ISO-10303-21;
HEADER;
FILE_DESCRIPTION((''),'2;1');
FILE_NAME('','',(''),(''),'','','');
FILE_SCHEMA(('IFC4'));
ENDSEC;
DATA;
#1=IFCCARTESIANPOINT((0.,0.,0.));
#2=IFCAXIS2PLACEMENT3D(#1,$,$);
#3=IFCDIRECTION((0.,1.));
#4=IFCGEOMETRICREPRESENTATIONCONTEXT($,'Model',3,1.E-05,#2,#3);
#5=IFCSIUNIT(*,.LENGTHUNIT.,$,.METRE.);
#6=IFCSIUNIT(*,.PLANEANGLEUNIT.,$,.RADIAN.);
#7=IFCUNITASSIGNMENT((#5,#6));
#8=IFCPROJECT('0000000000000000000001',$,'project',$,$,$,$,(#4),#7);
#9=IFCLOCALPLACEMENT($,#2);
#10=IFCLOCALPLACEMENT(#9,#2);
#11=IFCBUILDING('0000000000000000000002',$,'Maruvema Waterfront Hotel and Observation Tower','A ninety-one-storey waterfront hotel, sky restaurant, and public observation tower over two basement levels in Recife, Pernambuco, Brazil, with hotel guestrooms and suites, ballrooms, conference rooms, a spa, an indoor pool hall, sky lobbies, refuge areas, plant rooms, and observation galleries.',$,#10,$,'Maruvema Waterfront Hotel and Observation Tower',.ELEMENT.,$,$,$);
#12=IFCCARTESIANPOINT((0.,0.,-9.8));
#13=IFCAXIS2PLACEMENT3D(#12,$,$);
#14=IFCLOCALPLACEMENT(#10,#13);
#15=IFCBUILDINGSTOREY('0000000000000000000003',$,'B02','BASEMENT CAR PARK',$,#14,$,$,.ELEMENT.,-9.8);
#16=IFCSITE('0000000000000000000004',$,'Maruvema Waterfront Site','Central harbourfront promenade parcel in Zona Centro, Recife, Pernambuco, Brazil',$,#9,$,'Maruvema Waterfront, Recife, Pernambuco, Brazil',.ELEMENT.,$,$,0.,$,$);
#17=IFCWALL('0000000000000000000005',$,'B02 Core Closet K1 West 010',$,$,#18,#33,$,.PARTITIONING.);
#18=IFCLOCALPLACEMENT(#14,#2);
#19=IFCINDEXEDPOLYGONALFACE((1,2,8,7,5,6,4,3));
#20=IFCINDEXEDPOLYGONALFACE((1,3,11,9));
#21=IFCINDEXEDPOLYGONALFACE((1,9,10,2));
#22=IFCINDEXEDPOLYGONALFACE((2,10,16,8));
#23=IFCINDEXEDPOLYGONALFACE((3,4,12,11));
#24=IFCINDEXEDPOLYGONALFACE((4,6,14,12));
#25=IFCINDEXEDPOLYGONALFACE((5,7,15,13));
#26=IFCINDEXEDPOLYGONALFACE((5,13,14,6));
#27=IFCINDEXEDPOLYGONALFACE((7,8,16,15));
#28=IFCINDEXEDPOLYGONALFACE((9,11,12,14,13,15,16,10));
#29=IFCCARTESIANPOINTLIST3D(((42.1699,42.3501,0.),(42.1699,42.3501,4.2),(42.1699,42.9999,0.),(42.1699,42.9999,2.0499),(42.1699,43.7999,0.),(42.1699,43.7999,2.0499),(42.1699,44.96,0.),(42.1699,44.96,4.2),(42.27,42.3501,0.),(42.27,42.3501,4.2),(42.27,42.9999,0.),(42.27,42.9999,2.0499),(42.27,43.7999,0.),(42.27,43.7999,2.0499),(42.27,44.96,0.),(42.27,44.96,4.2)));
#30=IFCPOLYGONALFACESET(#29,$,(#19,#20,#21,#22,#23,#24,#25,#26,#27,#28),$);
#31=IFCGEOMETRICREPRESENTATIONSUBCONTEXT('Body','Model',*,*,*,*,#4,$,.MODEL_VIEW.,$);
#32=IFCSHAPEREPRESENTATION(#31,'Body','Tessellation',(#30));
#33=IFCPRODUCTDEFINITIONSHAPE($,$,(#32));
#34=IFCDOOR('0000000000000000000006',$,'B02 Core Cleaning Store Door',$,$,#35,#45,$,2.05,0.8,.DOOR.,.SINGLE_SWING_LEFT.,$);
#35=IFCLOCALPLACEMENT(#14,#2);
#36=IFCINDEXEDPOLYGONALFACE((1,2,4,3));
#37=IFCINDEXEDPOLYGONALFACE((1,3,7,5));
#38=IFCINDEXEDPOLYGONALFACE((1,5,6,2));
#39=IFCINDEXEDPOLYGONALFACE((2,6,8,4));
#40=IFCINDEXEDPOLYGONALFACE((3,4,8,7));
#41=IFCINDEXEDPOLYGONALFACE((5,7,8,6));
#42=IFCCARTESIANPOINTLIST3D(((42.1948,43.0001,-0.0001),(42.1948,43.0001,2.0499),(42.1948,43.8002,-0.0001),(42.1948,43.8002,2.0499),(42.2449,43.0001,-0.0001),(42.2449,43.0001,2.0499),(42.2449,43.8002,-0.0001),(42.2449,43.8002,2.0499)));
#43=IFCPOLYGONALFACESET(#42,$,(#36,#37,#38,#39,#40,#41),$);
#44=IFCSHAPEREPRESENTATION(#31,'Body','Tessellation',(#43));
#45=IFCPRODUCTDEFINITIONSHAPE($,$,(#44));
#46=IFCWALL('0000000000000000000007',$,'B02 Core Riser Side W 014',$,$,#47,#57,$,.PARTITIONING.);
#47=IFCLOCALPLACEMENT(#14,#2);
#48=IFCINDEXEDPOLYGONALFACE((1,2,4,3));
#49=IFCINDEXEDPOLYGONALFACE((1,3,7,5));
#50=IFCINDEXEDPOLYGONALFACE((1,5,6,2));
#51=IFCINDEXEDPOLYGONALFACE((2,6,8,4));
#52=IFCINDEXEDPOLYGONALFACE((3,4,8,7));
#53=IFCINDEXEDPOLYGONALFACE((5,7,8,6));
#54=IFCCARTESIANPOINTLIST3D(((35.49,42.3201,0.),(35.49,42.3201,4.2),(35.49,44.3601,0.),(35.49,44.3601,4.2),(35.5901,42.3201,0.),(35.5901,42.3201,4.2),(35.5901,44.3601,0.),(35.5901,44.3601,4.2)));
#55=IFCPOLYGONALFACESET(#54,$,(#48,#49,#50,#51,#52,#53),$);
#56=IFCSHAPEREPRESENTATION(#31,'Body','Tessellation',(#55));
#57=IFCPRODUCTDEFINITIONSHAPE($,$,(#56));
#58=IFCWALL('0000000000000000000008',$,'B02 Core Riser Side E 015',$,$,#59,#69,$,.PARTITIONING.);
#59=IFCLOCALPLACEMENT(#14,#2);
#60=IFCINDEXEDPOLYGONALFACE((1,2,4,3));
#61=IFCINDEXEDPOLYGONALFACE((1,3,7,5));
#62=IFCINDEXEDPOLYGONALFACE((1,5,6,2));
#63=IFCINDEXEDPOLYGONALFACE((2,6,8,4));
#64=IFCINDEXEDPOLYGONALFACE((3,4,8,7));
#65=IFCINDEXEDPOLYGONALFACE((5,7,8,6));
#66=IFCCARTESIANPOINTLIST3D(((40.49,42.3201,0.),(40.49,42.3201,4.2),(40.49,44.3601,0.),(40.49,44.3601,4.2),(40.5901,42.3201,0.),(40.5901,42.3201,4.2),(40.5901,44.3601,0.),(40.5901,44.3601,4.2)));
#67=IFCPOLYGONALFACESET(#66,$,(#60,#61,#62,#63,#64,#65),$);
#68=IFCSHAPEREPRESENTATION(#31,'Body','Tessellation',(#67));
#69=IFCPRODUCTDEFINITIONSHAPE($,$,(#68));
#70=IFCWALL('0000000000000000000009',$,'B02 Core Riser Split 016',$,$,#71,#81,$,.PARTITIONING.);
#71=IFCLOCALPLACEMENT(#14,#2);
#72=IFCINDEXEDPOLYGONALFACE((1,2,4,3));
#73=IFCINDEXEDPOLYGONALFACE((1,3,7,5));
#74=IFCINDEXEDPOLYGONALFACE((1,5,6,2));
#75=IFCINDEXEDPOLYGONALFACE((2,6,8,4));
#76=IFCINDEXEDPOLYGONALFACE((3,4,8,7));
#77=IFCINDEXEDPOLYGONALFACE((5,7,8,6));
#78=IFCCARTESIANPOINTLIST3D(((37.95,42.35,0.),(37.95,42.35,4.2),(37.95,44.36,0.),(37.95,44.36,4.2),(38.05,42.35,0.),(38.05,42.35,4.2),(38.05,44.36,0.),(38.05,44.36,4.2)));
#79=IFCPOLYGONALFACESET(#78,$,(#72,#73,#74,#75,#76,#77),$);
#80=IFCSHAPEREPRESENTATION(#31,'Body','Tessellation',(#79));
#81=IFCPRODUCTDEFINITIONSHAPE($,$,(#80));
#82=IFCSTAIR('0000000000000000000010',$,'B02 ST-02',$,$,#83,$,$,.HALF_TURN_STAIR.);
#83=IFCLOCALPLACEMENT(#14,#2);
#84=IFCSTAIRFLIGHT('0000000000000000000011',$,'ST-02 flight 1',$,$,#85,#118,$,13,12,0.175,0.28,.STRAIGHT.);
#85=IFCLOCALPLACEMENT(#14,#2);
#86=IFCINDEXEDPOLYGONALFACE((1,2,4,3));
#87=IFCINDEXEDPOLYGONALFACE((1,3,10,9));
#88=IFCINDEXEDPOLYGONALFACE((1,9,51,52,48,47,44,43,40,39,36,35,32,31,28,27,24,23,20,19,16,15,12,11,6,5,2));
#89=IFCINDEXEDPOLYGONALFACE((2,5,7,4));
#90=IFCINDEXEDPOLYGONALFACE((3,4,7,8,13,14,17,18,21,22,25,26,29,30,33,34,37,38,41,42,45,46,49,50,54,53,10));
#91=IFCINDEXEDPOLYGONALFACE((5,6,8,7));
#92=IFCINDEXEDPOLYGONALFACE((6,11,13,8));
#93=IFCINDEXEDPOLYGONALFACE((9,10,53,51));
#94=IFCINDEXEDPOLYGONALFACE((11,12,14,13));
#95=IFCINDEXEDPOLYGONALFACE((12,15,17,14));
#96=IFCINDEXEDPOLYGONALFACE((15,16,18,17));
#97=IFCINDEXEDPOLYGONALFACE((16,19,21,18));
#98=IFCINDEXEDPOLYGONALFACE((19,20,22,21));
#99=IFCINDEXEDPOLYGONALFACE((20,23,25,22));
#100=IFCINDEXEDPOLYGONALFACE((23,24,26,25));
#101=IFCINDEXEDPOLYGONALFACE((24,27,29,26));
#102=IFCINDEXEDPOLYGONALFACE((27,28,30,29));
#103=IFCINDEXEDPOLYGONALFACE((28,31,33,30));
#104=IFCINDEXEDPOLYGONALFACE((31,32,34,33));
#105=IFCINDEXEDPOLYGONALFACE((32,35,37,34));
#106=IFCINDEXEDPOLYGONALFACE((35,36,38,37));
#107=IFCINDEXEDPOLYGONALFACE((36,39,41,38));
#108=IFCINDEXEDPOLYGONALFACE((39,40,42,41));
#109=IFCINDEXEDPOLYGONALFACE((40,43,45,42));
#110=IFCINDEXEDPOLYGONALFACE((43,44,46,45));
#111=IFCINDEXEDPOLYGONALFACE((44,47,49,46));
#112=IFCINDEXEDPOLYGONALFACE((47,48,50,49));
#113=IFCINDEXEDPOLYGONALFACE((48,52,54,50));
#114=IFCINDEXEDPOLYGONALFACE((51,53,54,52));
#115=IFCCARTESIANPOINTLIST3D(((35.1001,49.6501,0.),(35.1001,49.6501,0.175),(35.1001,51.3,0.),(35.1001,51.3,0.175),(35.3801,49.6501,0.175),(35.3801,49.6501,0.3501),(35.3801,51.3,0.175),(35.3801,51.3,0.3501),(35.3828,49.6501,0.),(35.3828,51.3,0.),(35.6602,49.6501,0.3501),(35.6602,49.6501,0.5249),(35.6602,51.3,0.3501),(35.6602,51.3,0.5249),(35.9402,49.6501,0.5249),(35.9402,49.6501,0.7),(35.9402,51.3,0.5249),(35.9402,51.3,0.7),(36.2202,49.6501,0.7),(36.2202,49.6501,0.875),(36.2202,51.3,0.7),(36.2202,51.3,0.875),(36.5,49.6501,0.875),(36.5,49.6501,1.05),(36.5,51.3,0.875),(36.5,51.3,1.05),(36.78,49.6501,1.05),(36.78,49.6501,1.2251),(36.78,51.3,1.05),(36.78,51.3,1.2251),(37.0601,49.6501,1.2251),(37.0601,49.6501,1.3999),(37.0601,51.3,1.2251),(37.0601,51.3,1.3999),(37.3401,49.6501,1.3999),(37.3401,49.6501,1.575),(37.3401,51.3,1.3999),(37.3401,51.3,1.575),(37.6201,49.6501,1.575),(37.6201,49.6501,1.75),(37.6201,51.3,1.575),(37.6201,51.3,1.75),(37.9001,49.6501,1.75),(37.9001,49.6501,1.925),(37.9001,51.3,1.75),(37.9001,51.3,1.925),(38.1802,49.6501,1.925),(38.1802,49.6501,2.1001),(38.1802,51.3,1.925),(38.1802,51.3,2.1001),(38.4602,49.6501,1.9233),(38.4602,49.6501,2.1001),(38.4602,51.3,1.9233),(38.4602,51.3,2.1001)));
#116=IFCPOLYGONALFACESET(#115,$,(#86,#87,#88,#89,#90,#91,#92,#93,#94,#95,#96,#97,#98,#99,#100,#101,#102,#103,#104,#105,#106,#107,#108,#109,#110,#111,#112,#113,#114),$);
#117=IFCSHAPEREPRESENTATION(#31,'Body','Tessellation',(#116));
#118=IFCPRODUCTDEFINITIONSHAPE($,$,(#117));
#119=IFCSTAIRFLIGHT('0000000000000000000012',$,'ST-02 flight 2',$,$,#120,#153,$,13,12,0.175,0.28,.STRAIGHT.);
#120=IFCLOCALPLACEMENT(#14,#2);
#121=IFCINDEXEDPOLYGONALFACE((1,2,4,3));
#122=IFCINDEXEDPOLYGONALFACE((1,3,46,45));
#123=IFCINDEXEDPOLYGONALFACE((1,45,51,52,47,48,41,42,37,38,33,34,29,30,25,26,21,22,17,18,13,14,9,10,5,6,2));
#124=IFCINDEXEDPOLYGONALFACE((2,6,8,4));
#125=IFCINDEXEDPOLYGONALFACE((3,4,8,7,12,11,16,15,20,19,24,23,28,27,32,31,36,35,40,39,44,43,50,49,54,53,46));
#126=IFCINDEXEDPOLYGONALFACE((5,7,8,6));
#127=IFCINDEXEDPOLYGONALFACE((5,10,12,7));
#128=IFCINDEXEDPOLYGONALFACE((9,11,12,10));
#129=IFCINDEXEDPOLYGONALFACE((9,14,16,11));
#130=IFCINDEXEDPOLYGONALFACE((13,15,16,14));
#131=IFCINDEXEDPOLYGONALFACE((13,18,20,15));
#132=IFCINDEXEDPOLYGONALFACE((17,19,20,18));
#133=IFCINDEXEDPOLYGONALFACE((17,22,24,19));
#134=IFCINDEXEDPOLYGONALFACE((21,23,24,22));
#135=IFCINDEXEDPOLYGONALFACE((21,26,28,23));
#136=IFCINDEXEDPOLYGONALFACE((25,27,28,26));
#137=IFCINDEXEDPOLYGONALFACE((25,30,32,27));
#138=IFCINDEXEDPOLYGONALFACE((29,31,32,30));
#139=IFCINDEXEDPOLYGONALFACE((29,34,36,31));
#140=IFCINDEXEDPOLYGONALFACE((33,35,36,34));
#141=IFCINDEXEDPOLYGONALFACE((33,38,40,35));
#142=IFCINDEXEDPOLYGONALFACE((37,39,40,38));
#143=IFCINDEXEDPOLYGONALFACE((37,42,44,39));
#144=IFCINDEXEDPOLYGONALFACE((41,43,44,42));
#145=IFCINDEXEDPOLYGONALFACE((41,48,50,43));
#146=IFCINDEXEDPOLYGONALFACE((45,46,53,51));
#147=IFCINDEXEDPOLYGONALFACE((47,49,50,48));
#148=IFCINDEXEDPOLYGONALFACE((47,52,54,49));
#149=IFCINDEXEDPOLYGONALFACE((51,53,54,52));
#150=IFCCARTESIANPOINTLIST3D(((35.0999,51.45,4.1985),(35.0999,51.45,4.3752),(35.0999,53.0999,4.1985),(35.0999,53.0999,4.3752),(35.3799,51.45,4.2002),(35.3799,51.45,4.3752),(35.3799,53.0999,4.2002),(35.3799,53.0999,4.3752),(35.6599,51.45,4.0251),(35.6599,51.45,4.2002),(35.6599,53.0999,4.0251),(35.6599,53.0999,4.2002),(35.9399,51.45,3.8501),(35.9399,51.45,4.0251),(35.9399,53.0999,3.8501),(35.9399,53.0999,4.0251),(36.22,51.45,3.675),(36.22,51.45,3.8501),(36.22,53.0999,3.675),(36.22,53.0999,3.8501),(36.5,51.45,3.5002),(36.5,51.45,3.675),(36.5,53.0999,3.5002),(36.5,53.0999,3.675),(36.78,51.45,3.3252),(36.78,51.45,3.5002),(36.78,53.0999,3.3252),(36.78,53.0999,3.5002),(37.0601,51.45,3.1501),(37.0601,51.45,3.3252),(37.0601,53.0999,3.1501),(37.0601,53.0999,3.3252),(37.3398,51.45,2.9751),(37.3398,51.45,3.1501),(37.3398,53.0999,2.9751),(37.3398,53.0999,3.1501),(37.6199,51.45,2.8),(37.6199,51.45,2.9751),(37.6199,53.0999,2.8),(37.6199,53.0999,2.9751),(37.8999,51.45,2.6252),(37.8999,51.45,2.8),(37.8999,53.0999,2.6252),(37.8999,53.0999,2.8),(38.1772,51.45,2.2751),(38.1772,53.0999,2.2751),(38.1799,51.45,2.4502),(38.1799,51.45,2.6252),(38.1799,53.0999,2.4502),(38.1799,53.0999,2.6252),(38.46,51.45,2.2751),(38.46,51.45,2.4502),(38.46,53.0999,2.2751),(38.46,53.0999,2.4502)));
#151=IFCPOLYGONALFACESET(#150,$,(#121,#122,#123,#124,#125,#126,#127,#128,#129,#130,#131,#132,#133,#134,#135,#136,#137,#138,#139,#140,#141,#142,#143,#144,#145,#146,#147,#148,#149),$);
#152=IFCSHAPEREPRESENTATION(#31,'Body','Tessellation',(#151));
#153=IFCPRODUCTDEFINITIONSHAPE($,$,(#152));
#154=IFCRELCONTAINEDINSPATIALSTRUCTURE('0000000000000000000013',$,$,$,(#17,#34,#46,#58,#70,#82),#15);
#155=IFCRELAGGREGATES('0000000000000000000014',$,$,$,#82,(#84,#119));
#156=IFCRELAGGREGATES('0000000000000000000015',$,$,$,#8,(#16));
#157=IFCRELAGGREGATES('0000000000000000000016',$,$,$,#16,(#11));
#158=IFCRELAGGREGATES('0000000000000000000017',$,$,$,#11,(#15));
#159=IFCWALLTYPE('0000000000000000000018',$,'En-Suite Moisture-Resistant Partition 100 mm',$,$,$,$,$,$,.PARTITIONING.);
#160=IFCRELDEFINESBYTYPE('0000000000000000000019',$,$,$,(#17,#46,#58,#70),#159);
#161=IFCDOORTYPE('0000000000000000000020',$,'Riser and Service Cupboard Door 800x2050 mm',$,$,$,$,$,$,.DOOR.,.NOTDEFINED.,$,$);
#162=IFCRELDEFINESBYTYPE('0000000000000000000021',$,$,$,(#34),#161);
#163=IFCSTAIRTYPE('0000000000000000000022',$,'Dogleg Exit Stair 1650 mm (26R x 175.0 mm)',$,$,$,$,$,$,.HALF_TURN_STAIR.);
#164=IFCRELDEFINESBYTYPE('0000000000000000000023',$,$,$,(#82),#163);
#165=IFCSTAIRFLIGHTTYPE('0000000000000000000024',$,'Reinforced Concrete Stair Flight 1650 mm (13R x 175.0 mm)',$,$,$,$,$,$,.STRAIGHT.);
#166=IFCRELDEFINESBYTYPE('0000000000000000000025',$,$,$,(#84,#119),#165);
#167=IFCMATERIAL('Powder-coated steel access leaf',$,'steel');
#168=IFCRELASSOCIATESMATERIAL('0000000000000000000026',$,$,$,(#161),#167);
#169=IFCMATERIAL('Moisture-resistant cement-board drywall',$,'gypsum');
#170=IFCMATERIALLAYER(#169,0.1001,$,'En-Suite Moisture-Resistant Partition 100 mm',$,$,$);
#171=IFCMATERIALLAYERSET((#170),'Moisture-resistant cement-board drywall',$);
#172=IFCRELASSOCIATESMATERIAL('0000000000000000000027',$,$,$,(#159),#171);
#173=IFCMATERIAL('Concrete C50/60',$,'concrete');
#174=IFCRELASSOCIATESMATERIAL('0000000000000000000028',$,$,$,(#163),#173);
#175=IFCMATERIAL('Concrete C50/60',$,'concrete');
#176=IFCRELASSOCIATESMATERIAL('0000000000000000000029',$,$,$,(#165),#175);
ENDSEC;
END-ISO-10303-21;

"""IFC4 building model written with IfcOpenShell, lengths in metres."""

from ifc_helpers import new_model, si_unit, direction, frame, frame_2d, origin, place, context, subcontext, project, spatial, polyline, rectangle, outline, extrude, material, layer, layer_set, type_object, element, fill, aggregate, save


model = new_model("IFC4")

# Units and contexts
model_context = context("Model", 3, precision=1e-05, world=origin(), true_north=direction((0.0, 1.0)))
body_context = subcontext(model_context, "Body", "Model", "MODEL_VIEW")
ifc_project = project(units=[si_unit("LENGTHUNIT", "METRE"), si_unit("PLANEANGLEUNIT", "RADIAN")], contexts=[model_context])

# Site, building, storey
site_placement = place(None, origin())
site = spatial("IfcSite", under=ifc_project, at=site_placement, Name="Maruvema Waterfront Site", Description="Central harbourfront promenade parcel in Zona Centro, Recife, Pernambuco, Brazil", LongName="Maruvema Waterfront, Recife, Pernambuco, Brazil", CompositionType="ELEMENT", RefElevation=0.0)
building_placement = place(site_placement, origin())
building = spatial("IfcBuilding", under=site, at=building_placement, Name="Maruvema Waterfront Hotel and Observation Tower", Description="A ninety-one-storey waterfront hotel, sky restaurant, and public observation tower over two basement levels in Recife, Pernambuco, Brazil, with hotel guestrooms and suites, ballrooms, conference rooms, a spa, an indoor pool hall, sky lobbies, refuge areas, plant rooms, and observation galleries.", LongName="Maruvema Waterfront Hotel and Observation Tower", CompositionType="ELEMENT")
storey_placement = place(building_placement, frame((0.0, 0.0, -9.8)))
storey = spatial("IfcBuildingStorey", under=building, at=storey_placement, Name="B02", Description="BASEMENT CAR PARK", CompositionType="ELEMENT", Elevation=-9.8)

# Shared definitions
ifc_material_1 = material(Name="Powder-coated steel access leaf", Category="steel")
door_type = type_object("IfcDoorType", Name="Riser and Service Cupboard Door 800x2050 mm", OperationType="NOTDEFINED", PredefinedType="DOOR", material=ifc_material_1)

# Wall, opening, door
ifc_material_2 = material(Name="Moisture-resistant cement-board drywall", Category="gypsum")
ifc_layer_1 = layer(ifc_material_2, 0.1001, Name="En-Suite Moisture-Resistant Partition 100 mm")
ifc_layer_set_1 = layer_set([ifc_layer_1], Name="Moisture-resistant cement-board drywall")
wall_type_1 = type_object("IfcWallType", Name="En-Suite Moisture-Resistant Partition 100 mm", PredefinedType="PARTITIONING", material=ifc_layer_set_1)
wall_1_placement = place(storey_placement, frame((42.22, 42.3501, 0.0), z_axis=(0.0, 0.0, 1.0), x_axis=(0.0, 1.0, 0.0)))
wall_1 = element("IfcWall", 1, at=wall_1_placement, inside=storey, type_object=wall_type_1, Name="B02 Core Closet K1 West 010", PredefinedType="PARTITIONING", context=body_context, shape_type="SweptSolid", body=[
    extrude(rectangle(XDim=2.6099, YDim=0.1001, at=frame_2d((1.3049, 0.0))), origin(), (0.0, 0.0, 1.0), 4.2),
])
opening_1_placement = place(wall_1_placement, frame((0.6499, 0.0, 0.0)))
opening_1 = element("IfcOpeningElement", 2, at=opening_1_placement, cuts=wall_1, PredefinedType="OPENING", context=body_context, shape_type="SweptSolid", body=[
    extrude(rectangle(XDim=0.8, YDim=2.05, at=frame_2d((0.3999, 1.0249))), frame((0.0, 0.0601, 0.0), z_axis=(0.0, -1.0, 0.0), x_axis=(1.0, 0.0, 0.0)), (0.0, 0.0, 1.0), 0.1201),
])
door_1_placement = place(opening_1_placement, frame((0.8, 0.0, 0.0), z_axis=(0.0, 0.0, 1.0), x_axis=(-1.0, 0.0, 0.0)))
door_1 = element("IfcDoor", 3, at=door_1_placement, inside=storey, type_object=door_type, Name="B02 Core Cleaning Store Door", OperationType="SINGLE_SWING_LEFT", OverallHeight=2.05, OverallWidth=0.8, PredefinedType="DOOR", context=body_context, shape_type="SweptSolid", body=[
    extrude(rectangle(XDim=0.8, YDim=2.05, at=frame_2d((0.3999, 1.0249))), frame((0.0, 0.0249, 0.0), z_axis=(0.0, -1.0, 0.0), x_axis=(1.0, 0.0, 0.0)), (0.0, 0.0, 1.0), 0.05),
])
fill(opening_1, door_1)

# Walls
for number, where, z_axis, x_axis, name in (
    (4, (35.54, 42.3201, 0.0), (0.0, 0.0, 1.0), (0.0, 1.0, 0.0), "B02 Core Riser Side W 014"),
    (5, (40.54, 42.3201, 0.0), (0.0, 0.0, 1.0), (0.0, 1.0, 0.0), "B02 Core Riser Side E 015"),
):
    element("IfcWall", number, at=place(storey_placement, frame(where, z_axis=z_axis, x_axis=x_axis)), inside=storey, type_object=wall_type_1, Name=name, PredefinedType="PARTITIONING", context=body_context, shape_type="SweptSolid", body=[
        extrude(rectangle(XDim=2.04, YDim=0.1001, at=frame_2d((1.02, 0.0))), origin(), (0.0, 0.0, 1.0), 4.2),
    ])
wall_2_placement = place(storey_placement, frame((38.0, 42.3501, 0.0), z_axis=(0.0, 0.0, 1.0), x_axis=(0.0, 1.0, 0.0)))
element("IfcWall", 6, at=wall_2_placement, inside=storey, type_object=wall_type_1, Name="B02 Core Riser Split 016", PredefinedType="PARTITIONING", context=body_context, shape_type="SweptSolid", body=[
    extrude(rectangle(XDim=2.01, YDim=0.1001, at=frame_2d((1.0049, 0.0))), origin(), (0.0, 0.0, 1.0), 4.2),
])

# Stair, stair flights
ifc_material_3 = material(Name="Concrete C50/60", Category="concrete")
stair_type = type_object("IfcStairType", Name="Dogleg Exit Stair 1650 mm (26R x 175.0 mm)", PredefinedType="HALF_TURN_STAIR", material=ifc_material_3)
stair_placement = place(storey_placement, origin())
stair = element("IfcStair", 7, at=stair_placement, inside=storey, type_object=stair_type, Name="B02 ST-02", PredefinedType="HALF_TURN_STAIR")
ifc_material_4 = material(Name="Concrete C50/60", Category="concrete")
stair_flight_type = type_object("IfcStairFlightType", Name="Reinforced Concrete Stair Flight 1650 mm (13R x 175.0 mm)", PredefinedType="STRAIGHT", material=ifc_material_4)
stair_flight_1_placement = place(storey_placement, frame((35.1001, 50.4751, 0.0), z_axis=(0.0, 0.0, 1.0), x_axis=(1.0, 0.0, 0.0)))
stair_flight_1 = element("IfcStairFlight", 8, at=stair_flight_1_placement, type_object=stair_flight_type, Name="ST-02 flight 1", NumberOfRisers=13, NumberOfTreads=12, PredefinedType="STRAIGHT", RiserHeight=0.175, TreadLength=0.28, context=body_context, shape_type="SweptSolid", body=[
    extrude(outline(polyline([(0.0, 0.0), (0.0, 0.175), (0.28, 0.175), (0.28, 0.3501), (0.5601, 0.3501), (0.5601, 0.5249), (0.8401, 0.5249), (0.8401, 0.7), (1.1201, 0.7), (1.1201, 0.875), (1.3999, 0.875), (1.3999, 1.05), (1.6799, 1.05), (1.6799, 1.2251), (1.96, 1.2251), (1.96, 1.3999), (2.24, 1.3999), (2.24, 1.575), (2.52, 1.575), (2.52, 1.75), (2.8, 1.75), (2.8, 1.925), (3.0801, 1.925), (3.0801, 2.1001), (3.3601, 2.1001), (3.3601, 2.2749), (3.3601, 1.9233), (0.2827, 0.0), (0.0, 0.0)])), frame((0.0, 0.825, 0.0), z_axis=(0.0, -1.0, 0.0), x_axis=(1.0, 0.0, 0.0)), (0.0, 0.0, 1.0), 1.6499),
])
stair_flight_2_placement = place(storey_placement, frame((38.46, 52.2749, 2.2751), z_axis=(0.0, 0.0, 1.0), x_axis=(-1.0, 0.0, 0.0)))
stair_flight_2 = element("IfcStairFlight", 9, at=stair_flight_2_placement, type_object=stair_flight_type, Name="ST-02 flight 2", NumberOfRisers=13, NumberOfTreads=12, PredefinedType="STRAIGHT", RiserHeight=0.175, TreadLength=0.28, context=body_context, shape_type="SweptSolid", body=[
    extrude(outline(polyline([(0.0, 0.0), (0.0, 0.175), (0.28, 0.175), (0.28, 0.3501), (0.5601, 0.3501), (0.5601, 0.5249), (0.8401, 0.5249), (0.8401, 0.7), (1.1201, 0.7), (1.1201, 0.875), (1.3999, 0.875), (1.3999, 1.05), (1.6799, 1.05), (1.6799, 1.2251), (1.96, 1.2251), (1.96, 1.3999), (2.24, 1.3999), (2.24, 1.575), (2.52, 1.575), (2.52, 1.75), (2.8, 1.75), (2.8, 1.925), (3.0801, 1.925), (3.0801, 2.1001), (3.3601, 2.1001), (3.3601, 2.2749), (3.3601, 1.9233), (0.2827, 0.0), (0.0, 0.0)])), frame((0.0, 0.825, 0.0), z_axis=(0.0, -1.0, 0.0), x_axis=(1.0, 0.0, 0.0)), (0.0, 0.0, 1.0), 1.6499),
])
aggregate(stair, [stair_flight_1, stair_flight_2])

save(model, "model.ifc")
